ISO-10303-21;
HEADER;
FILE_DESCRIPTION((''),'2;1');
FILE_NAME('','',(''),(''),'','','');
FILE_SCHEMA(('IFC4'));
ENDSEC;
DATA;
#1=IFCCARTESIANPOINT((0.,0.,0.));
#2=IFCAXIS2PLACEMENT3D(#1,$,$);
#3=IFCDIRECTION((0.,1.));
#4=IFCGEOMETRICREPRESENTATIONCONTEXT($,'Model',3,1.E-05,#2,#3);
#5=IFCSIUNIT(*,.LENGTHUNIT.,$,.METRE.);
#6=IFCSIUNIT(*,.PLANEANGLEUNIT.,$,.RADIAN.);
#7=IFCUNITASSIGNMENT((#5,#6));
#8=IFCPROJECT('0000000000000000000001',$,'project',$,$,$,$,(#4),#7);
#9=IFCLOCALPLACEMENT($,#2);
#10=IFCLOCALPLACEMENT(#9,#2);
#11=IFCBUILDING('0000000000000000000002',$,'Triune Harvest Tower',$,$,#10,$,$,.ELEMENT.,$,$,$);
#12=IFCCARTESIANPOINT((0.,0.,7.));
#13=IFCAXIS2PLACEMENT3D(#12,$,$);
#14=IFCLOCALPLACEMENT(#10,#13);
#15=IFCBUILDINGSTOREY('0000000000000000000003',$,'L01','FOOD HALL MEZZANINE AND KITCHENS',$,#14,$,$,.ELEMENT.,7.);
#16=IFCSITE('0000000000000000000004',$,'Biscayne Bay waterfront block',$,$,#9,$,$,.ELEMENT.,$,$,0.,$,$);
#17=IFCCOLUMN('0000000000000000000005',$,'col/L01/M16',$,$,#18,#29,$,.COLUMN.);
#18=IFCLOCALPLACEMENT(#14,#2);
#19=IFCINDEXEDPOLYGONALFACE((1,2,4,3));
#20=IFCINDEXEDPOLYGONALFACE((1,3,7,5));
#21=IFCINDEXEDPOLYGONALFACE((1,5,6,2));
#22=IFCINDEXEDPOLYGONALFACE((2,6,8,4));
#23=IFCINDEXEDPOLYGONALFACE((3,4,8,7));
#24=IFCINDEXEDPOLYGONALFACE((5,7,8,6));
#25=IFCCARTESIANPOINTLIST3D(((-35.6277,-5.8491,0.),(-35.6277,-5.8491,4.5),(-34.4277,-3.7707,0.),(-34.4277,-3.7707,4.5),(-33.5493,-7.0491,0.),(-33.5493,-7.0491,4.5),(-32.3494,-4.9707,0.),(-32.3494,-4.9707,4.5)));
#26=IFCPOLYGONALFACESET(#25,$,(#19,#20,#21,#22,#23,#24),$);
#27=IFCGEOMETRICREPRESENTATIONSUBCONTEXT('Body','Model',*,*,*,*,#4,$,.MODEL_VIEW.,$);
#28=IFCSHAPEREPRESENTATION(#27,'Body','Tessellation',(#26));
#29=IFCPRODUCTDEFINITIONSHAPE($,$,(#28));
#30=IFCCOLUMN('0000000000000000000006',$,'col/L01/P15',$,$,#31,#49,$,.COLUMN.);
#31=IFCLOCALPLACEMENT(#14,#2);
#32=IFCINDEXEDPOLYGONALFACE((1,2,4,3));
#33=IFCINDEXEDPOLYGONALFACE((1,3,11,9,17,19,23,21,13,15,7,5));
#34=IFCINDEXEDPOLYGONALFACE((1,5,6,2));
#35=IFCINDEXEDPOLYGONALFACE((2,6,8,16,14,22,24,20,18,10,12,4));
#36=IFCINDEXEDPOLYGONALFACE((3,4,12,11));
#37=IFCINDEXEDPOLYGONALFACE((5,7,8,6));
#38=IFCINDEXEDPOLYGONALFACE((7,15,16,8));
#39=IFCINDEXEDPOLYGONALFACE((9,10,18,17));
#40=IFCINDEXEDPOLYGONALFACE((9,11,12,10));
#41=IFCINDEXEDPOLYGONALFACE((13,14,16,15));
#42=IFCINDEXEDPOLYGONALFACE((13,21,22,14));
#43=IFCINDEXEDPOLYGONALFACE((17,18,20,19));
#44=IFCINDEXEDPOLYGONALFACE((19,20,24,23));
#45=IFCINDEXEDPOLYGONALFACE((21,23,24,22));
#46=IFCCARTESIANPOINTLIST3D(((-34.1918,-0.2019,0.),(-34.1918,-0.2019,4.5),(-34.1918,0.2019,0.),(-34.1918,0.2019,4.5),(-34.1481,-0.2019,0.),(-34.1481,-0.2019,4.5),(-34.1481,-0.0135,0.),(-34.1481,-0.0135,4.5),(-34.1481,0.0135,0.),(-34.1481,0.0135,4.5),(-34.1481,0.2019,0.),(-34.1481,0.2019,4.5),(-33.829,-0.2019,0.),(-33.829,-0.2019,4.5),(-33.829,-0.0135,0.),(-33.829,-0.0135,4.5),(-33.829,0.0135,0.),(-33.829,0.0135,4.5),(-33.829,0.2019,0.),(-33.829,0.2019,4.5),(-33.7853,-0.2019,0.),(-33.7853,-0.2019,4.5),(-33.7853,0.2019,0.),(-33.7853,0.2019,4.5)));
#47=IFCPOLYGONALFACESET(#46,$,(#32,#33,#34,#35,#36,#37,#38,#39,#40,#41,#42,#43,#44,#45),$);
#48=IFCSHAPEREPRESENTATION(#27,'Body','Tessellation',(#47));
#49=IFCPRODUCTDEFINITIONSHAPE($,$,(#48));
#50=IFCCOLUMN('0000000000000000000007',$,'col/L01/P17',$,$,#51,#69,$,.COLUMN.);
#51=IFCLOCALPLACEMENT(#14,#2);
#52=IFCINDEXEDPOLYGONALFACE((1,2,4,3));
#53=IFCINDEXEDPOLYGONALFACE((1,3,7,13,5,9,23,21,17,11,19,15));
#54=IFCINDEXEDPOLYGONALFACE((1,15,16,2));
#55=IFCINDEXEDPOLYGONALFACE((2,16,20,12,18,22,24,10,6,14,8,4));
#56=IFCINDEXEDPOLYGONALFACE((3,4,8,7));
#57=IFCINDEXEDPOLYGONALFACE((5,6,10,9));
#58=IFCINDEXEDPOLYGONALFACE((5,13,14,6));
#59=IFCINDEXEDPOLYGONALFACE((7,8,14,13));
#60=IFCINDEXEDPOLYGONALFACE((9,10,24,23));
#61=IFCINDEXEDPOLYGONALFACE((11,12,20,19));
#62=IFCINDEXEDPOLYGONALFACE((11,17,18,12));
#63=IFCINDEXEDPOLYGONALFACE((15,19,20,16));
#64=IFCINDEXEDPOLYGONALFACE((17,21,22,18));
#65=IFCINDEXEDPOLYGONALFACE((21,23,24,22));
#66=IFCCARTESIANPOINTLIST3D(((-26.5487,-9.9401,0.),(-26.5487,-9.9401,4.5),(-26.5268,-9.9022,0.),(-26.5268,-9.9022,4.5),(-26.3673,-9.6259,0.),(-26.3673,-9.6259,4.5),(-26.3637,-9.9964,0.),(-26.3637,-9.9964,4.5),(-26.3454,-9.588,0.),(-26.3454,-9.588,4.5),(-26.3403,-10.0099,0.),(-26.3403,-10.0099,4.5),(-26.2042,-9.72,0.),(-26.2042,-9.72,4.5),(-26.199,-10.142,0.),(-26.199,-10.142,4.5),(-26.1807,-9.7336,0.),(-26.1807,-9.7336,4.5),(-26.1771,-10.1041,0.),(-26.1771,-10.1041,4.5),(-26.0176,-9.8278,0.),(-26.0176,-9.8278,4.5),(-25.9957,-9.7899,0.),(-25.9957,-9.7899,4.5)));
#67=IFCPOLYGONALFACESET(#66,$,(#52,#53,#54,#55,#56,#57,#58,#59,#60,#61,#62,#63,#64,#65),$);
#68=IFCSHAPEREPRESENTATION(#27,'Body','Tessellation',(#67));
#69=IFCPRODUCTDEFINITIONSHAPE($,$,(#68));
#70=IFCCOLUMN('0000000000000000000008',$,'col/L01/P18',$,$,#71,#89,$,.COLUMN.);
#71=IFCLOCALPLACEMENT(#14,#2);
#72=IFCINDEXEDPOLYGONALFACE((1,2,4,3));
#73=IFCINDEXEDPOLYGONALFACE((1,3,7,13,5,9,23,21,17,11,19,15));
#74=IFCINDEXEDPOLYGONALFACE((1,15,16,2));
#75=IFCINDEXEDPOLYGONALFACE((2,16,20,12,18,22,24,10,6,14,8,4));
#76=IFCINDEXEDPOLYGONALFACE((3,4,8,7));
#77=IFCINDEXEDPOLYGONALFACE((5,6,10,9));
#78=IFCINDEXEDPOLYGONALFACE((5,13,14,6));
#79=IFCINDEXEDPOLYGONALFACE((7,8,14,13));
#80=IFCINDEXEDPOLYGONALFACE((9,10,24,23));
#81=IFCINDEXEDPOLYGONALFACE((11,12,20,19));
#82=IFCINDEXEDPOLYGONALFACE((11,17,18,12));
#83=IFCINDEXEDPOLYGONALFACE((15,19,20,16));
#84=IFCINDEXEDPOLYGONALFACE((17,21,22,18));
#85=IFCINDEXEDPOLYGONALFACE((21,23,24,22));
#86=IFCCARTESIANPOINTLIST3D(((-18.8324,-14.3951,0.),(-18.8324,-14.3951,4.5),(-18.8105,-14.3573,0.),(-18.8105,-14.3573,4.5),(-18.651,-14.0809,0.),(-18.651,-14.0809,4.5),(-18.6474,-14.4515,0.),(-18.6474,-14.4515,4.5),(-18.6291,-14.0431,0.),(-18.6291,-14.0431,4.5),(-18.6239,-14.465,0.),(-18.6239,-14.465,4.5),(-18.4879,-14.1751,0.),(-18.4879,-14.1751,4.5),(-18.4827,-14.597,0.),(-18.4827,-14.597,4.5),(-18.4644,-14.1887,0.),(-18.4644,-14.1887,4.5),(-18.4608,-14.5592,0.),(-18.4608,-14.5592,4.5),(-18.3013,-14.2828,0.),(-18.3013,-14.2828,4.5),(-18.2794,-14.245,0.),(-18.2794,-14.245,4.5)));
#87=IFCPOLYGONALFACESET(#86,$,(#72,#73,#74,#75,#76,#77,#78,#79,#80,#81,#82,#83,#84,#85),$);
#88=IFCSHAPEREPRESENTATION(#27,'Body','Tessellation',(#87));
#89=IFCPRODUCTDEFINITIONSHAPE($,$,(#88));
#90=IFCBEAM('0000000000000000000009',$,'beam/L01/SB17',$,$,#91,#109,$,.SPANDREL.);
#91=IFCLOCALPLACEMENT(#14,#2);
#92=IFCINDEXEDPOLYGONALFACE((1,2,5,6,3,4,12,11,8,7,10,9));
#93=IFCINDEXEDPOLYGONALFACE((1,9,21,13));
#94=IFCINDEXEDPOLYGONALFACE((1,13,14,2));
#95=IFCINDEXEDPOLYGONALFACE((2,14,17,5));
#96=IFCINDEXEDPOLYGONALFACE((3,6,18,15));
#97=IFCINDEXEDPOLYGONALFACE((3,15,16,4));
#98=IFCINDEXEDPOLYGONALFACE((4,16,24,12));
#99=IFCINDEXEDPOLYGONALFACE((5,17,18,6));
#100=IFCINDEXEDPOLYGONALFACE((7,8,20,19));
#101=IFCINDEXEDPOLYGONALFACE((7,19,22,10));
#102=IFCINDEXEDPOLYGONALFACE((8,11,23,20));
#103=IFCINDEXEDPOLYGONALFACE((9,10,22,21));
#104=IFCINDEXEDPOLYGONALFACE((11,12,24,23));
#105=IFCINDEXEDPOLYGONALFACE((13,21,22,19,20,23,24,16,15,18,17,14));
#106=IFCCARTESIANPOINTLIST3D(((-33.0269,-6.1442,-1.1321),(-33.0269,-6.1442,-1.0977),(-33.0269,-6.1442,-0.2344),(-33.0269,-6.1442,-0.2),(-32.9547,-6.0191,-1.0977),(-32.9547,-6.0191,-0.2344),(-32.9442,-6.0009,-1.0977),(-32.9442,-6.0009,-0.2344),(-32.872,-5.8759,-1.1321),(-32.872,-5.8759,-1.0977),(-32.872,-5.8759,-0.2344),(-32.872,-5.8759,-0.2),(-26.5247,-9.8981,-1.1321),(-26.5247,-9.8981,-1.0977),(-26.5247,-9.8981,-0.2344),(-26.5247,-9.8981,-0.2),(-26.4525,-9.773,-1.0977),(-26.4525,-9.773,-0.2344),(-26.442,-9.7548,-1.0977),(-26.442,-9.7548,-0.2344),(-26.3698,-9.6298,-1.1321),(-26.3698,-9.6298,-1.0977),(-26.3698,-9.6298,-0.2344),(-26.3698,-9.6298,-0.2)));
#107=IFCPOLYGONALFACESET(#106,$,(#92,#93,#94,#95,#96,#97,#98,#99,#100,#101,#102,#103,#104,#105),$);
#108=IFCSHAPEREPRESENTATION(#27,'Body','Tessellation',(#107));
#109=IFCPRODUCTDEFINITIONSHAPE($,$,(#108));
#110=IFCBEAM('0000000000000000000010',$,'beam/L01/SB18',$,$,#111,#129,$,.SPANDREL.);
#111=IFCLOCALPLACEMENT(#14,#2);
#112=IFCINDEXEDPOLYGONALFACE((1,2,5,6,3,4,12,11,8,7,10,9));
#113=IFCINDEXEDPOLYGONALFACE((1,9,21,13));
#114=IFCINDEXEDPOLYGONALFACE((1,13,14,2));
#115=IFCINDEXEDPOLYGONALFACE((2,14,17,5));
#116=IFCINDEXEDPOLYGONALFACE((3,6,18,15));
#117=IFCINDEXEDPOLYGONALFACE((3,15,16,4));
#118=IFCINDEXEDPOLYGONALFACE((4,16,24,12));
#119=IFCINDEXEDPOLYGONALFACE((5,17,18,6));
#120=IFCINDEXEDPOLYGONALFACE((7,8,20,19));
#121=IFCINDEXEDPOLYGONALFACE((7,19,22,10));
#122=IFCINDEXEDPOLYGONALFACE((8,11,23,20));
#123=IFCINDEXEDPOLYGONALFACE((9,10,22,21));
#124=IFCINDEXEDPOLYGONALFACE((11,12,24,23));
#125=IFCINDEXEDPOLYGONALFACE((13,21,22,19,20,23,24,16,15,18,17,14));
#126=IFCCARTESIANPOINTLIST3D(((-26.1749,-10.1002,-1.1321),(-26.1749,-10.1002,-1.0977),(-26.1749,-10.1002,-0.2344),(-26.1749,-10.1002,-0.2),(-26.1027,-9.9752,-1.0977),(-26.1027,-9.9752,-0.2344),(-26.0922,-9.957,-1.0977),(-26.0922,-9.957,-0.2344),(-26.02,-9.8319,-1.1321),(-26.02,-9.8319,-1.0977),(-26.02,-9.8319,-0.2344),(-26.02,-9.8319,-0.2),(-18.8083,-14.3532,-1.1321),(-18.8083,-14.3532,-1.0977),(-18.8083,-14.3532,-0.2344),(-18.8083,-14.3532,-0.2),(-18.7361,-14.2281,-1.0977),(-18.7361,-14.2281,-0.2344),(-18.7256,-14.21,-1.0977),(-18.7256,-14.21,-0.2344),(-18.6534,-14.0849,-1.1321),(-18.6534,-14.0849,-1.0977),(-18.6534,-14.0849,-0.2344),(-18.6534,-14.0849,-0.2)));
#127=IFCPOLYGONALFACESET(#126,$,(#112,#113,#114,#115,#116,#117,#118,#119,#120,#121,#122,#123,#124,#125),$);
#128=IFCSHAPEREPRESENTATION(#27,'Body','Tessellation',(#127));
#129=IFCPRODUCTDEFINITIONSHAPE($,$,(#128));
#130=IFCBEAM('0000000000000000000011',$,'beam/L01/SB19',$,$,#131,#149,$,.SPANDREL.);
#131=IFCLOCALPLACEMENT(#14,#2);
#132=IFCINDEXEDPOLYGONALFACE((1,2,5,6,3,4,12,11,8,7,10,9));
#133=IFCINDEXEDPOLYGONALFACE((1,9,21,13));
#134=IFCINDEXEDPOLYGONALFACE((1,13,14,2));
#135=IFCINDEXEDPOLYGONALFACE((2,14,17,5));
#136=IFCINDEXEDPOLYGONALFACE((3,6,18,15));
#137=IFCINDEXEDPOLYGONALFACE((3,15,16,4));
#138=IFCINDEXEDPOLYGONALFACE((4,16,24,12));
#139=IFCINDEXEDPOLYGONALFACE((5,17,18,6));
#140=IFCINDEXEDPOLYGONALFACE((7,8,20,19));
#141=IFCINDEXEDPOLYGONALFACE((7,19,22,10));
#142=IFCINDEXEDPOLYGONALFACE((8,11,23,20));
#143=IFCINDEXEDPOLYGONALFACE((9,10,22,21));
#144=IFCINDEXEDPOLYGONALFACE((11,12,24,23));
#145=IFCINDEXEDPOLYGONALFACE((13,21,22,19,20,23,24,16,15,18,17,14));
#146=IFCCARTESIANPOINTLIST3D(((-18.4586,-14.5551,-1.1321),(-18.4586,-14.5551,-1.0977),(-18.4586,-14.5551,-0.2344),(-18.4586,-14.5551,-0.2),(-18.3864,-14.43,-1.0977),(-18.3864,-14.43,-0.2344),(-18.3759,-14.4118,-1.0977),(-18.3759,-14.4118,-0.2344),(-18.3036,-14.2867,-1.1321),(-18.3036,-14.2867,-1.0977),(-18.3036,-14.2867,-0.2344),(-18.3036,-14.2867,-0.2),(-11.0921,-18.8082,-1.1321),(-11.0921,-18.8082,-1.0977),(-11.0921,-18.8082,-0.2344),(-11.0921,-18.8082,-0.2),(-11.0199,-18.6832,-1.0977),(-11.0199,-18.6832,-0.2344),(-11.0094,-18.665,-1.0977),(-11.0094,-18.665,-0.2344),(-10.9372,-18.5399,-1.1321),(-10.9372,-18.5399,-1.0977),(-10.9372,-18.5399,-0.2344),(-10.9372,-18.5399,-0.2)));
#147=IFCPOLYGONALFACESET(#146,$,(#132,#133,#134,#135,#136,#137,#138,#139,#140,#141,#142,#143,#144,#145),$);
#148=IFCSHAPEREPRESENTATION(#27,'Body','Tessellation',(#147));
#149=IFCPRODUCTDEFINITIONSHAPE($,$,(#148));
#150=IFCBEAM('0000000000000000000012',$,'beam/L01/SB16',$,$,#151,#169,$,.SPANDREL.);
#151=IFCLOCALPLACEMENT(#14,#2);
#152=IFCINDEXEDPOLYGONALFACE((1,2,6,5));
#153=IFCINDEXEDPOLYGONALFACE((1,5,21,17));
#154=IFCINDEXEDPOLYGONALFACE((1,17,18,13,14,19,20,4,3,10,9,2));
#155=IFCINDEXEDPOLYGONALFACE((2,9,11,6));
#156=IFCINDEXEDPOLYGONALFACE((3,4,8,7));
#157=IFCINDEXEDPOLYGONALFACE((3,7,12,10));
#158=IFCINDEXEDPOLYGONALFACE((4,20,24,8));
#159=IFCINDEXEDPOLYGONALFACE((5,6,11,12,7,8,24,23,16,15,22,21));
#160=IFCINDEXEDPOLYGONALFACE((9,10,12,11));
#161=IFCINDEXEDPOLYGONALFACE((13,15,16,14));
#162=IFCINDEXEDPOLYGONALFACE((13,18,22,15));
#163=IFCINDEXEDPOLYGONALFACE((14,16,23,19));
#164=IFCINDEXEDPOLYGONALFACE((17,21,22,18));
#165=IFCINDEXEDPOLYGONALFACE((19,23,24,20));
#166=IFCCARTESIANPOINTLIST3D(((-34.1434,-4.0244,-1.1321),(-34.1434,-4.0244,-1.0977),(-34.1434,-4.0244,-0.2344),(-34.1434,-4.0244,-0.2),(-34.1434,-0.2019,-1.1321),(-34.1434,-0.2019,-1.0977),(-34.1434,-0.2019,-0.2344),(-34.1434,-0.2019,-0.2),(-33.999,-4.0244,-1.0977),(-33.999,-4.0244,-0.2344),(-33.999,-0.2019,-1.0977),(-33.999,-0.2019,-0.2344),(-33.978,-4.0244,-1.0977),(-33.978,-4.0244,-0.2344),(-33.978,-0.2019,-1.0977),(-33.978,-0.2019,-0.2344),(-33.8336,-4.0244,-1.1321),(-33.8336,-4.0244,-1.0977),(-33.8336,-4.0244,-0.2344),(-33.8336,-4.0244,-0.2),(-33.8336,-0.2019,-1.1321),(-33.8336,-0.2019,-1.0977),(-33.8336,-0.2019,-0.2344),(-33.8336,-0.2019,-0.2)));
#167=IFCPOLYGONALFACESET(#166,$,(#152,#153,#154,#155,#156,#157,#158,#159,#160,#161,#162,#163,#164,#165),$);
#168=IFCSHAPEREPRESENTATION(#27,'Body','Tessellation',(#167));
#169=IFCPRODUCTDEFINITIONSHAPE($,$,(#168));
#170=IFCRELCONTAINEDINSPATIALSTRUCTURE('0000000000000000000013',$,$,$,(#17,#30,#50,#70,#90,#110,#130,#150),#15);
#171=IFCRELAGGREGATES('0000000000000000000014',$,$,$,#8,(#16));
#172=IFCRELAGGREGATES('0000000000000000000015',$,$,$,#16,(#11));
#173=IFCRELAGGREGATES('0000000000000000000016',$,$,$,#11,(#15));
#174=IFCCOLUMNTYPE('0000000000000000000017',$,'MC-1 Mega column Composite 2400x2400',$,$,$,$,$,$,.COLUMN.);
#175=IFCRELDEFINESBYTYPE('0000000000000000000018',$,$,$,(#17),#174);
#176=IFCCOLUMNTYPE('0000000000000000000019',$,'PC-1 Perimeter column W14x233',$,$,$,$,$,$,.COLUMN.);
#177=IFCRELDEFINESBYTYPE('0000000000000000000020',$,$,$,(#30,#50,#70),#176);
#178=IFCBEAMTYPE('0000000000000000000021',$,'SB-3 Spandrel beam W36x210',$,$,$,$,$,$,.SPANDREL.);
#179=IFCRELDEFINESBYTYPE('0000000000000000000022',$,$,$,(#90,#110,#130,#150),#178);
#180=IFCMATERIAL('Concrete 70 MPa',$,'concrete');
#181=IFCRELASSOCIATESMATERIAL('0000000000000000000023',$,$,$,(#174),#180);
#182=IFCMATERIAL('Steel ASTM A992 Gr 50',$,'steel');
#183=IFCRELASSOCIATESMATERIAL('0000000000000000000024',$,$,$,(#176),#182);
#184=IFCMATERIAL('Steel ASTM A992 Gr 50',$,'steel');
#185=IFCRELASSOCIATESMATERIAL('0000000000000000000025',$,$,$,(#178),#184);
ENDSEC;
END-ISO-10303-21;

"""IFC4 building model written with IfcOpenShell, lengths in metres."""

from ifc_helpers import new_model, si_unit, direction, frame, origin, origin_2d, place, context, subcontext, project, spatial, rectangle, i_section, extrude, source, transform, mapped, material, material_profile, profile_set, type_object, element, save


model = new_model("IFC4")

# Units and contexts
model_context = context("Model", 3, precision=1e-05, world=origin(), true_north=direction((0.0, 1.0)))
body_context = subcontext(model_context, "Body", "Model", "MODEL_VIEW")
ifc_project = project(units=[si_unit("LENGTHUNIT", "METRE"), si_unit("PLANEANGLEUNIT", "RADIAN")], contexts=[model_context])

# Site, building, storey
site_placement = place(None, origin())
site = spatial("IfcSite", under=ifc_project, at=site_placement, Name="Biscayne Bay waterfront block", CompositionType="ELEMENT", RefElevation=0.0)
building_placement = place(site_placement, origin())
building = spatial("IfcBuilding", under=site, at=building_placement, Name="Triune Harvest Tower", CompositionType="ELEMENT")
storey_placement = place(building_placement, frame((0.0, 0.0, 7.0)))
storey = spatial("IfcBuildingStorey", under=building, at=storey_placement, Name="L01", Description="FOOD HALL MEZZANINE AND KITCHENS", CompositionType="ELEMENT", Elevation=7.0)

# Columns
ifc_material_1 = material(Name="Concrete 70 MPa", Category="concrete")
ifc_material_profile_1 = material_profile(ifc_material_1, rectangle(XDim=2.3999, YDim=2.3999, at=origin_2d()), Name="Composite 2400x2400")
ifc_profile_set_1 = profile_set([ifc_material_profile_1], Name="Concrete 70 MPa")
column_type_1 = type_object("IfcColumnType", Name="MC-1 Mega column Composite 2400x2400", PredefinedType="COLUMN", material=ifc_profile_set_1)
shared_shape_1 = source(origin(), body_context, "Body", "SweptSolid", [
    extrude(rectangle(XDim=2.3999, YDim=2.3999, at=origin_2d()), origin(), (0.0, 0.0, 1.0), 4.5),
])
column_placement = place(storey_placement, frame((-33.9885, -5.4099, 0.0), z_axis=(0.0, 0.0, 1.0), x_axis=(0.866025, -0.5, 0.0)))
element("IfcColumn", 1, at=column_placement, inside=storey, type_object=column_type_1, Name="col/L01/M16", PredefinedType="COLUMN", context=body_context, shape_type="MappedRepresentation", body=[
    mapped(shared_shape_1, transform((0.0, 0.0, 0.0), scale=1.0)),
])
ifc_material_2 = material(Name="Steel ASTM A992 Gr 50", Category="steel")
ifc_material_profile_2 = material_profile(ifc_material_2, i_section(OverallWidth=0.4038, OverallDepth=0.4065, WebThickness=0.0271, FlangeThickness=0.0437, at=origin_2d()), Name="W14x233")
ifc_profile_set_2 = profile_set([ifc_material_profile_2], Name="Steel ASTM A992 Gr 50")
column_type_2 = type_object("IfcColumnType", Name="PC-1 Perimeter column W14x233", PredefinedType="COLUMN", material=ifc_profile_set_2)
shared_shape_2 = source(origin(), body_context, "Body", "SweptSolid", [
    extrude(i_section(OverallWidth=0.4038, OverallDepth=0.4065, WebThickness=0.0271, FlangeThickness=0.0437, at=origin_2d()), origin(), (0.0, 0.0, 1.0), 4.5),
])
for number, where, z_axis, x_axis, name in (
    (2, (-33.9885, 0.0, 0.0), (0.0, 0.0, 1.0), (0.0, -1.0, 0.0), "col/L01/P15"),
    (3, (-26.2722, -9.865, 0.0), (0.0, 0.0, 1.0), (0.866025, -0.5, 0.0), "col/L01/P17"),
    (4, (-18.5559, -14.3201, 0.0), (0.0, 0.0, 1.0), (0.866025, -0.5, 0.0), "col/L01/P18"),
):
    element("IfcColumn", number, at=place(storey_placement, frame(where, z_axis=z_axis, x_axis=x_axis)), inside=storey, type_object=column_type_2, Name=name, PredefinedType="COLUMN", context=body_context, shape_type="MappedRepresentation", body=[
        mapped(shared_shape_2, transform((0.0, 0.0, 0.0), scale=1.0)),
    ])

# Beams
ifc_material_3 = material(Name="Steel ASTM A992 Gr 50", Category="steel")
ifc_material_profile_3 = material_profile(ifc_material_3, i_section(OverallWidth=0.3098, OverallDepth=0.9321, WebThickness=0.021, FlangeThickness=0.0344, at=origin_2d()), Name="W36x210")
ifc_profile_set_3 = profile_set([ifc_material_profile_3], Name="Steel ASTM A992 Gr 50")
beam_type_1 = type_object("IfcBeamType", Name="SB-3 Spandrel beam W36x210", PredefinedType="SPANDREL", material=ifc_profile_set_3)
shared_shape_3 = source(origin(), body_context, "Body", "SweptSolid", [
    extrude(i_section(OverallWidth=0.3098, OverallDepth=0.9321, WebThickness=0.021, FlangeThickness=0.0344, at=origin_2d()), origin(), (0.0, 0.0, 1.0), 7.5081),
])
beam_1_placement = place(storey_placement, frame((-32.9495, -6.01, -0.666), z_axis=(0.866033, -0.499986, 0.0), x_axis=(0.499986, 0.866033, 0.0)))
element("IfcBeam", 5, at=beam_1_placement, inside=storey, type_object=beam_type_1, Name="beam/L01/SB17", PredefinedType="SPANDREL", context=body_context, shape_type="MappedRepresentation", body=[
    mapped(shared_shape_3, transform((0.0, 0.0, 0.0), scale=1.0)),
])
shared_shape_4 = source(origin(), body_context, "Body", "SweptSolid", [
    extrude(i_section(OverallWidth=0.3098, OverallDepth=0.9321, WebThickness=0.021, FlangeThickness=0.0344, at=origin_2d()), origin(), (0.0, 0.0, 1.0), 8.5061),
])
for number, where, z_axis, x_axis, name in (
    (6, (-26.0974, -9.9661, -0.666), (0.86603, -0.499992, 0.0), (0.499992, 0.86603, 0.0), "beam/L01/SB18"),
    (7, (-18.3811, -14.4209, -0.666), (0.866018, -0.500013, 0.0), (0.500013, 0.866018, 0.0), "beam/L01/SB19"),
):
    element("IfcBeam", number, at=place(storey_placement, frame(where, z_axis=z_axis, x_axis=x_axis)), inside=storey, type_object=beam_type_1, Name=name, PredefinedType="SPANDREL", context=body_context, shape_type="MappedRepresentation", body=[
        mapped(shared_shape_4, transform((0.0, 0.0, 0.0), scale=1.0)),
    ])
shared_shape_5 = source(origin(), body_context, "Body", "SweptSolid", [
    extrude(i_section(OverallWidth=0.3098, OverallDepth=0.9321, WebThickness=0.021, FlangeThickness=0.0344, at=origin_2d()), origin(), (0.0, 0.0, 1.0), 3.8225),
])
beam_2_placement = place(storey_placement, frame((-33.9885, -0.2019, -0.666), z_axis=(0.0, -1.0, 0.0), x_axis=(1.0, 0.0, 0.0)))
element("IfcBeam", 8, at=beam_2_placement, inside=storey, type_object=beam_type_1, Name="beam/L01/SB16", PredefinedType="SPANDREL", context=body_context, shape_type="MappedRepresentation", body=[
    mapped(shared_shape_5, transform((0.0, 0.0, 0.0), scale=1.0)),
])

save(model, "model.ifc")
